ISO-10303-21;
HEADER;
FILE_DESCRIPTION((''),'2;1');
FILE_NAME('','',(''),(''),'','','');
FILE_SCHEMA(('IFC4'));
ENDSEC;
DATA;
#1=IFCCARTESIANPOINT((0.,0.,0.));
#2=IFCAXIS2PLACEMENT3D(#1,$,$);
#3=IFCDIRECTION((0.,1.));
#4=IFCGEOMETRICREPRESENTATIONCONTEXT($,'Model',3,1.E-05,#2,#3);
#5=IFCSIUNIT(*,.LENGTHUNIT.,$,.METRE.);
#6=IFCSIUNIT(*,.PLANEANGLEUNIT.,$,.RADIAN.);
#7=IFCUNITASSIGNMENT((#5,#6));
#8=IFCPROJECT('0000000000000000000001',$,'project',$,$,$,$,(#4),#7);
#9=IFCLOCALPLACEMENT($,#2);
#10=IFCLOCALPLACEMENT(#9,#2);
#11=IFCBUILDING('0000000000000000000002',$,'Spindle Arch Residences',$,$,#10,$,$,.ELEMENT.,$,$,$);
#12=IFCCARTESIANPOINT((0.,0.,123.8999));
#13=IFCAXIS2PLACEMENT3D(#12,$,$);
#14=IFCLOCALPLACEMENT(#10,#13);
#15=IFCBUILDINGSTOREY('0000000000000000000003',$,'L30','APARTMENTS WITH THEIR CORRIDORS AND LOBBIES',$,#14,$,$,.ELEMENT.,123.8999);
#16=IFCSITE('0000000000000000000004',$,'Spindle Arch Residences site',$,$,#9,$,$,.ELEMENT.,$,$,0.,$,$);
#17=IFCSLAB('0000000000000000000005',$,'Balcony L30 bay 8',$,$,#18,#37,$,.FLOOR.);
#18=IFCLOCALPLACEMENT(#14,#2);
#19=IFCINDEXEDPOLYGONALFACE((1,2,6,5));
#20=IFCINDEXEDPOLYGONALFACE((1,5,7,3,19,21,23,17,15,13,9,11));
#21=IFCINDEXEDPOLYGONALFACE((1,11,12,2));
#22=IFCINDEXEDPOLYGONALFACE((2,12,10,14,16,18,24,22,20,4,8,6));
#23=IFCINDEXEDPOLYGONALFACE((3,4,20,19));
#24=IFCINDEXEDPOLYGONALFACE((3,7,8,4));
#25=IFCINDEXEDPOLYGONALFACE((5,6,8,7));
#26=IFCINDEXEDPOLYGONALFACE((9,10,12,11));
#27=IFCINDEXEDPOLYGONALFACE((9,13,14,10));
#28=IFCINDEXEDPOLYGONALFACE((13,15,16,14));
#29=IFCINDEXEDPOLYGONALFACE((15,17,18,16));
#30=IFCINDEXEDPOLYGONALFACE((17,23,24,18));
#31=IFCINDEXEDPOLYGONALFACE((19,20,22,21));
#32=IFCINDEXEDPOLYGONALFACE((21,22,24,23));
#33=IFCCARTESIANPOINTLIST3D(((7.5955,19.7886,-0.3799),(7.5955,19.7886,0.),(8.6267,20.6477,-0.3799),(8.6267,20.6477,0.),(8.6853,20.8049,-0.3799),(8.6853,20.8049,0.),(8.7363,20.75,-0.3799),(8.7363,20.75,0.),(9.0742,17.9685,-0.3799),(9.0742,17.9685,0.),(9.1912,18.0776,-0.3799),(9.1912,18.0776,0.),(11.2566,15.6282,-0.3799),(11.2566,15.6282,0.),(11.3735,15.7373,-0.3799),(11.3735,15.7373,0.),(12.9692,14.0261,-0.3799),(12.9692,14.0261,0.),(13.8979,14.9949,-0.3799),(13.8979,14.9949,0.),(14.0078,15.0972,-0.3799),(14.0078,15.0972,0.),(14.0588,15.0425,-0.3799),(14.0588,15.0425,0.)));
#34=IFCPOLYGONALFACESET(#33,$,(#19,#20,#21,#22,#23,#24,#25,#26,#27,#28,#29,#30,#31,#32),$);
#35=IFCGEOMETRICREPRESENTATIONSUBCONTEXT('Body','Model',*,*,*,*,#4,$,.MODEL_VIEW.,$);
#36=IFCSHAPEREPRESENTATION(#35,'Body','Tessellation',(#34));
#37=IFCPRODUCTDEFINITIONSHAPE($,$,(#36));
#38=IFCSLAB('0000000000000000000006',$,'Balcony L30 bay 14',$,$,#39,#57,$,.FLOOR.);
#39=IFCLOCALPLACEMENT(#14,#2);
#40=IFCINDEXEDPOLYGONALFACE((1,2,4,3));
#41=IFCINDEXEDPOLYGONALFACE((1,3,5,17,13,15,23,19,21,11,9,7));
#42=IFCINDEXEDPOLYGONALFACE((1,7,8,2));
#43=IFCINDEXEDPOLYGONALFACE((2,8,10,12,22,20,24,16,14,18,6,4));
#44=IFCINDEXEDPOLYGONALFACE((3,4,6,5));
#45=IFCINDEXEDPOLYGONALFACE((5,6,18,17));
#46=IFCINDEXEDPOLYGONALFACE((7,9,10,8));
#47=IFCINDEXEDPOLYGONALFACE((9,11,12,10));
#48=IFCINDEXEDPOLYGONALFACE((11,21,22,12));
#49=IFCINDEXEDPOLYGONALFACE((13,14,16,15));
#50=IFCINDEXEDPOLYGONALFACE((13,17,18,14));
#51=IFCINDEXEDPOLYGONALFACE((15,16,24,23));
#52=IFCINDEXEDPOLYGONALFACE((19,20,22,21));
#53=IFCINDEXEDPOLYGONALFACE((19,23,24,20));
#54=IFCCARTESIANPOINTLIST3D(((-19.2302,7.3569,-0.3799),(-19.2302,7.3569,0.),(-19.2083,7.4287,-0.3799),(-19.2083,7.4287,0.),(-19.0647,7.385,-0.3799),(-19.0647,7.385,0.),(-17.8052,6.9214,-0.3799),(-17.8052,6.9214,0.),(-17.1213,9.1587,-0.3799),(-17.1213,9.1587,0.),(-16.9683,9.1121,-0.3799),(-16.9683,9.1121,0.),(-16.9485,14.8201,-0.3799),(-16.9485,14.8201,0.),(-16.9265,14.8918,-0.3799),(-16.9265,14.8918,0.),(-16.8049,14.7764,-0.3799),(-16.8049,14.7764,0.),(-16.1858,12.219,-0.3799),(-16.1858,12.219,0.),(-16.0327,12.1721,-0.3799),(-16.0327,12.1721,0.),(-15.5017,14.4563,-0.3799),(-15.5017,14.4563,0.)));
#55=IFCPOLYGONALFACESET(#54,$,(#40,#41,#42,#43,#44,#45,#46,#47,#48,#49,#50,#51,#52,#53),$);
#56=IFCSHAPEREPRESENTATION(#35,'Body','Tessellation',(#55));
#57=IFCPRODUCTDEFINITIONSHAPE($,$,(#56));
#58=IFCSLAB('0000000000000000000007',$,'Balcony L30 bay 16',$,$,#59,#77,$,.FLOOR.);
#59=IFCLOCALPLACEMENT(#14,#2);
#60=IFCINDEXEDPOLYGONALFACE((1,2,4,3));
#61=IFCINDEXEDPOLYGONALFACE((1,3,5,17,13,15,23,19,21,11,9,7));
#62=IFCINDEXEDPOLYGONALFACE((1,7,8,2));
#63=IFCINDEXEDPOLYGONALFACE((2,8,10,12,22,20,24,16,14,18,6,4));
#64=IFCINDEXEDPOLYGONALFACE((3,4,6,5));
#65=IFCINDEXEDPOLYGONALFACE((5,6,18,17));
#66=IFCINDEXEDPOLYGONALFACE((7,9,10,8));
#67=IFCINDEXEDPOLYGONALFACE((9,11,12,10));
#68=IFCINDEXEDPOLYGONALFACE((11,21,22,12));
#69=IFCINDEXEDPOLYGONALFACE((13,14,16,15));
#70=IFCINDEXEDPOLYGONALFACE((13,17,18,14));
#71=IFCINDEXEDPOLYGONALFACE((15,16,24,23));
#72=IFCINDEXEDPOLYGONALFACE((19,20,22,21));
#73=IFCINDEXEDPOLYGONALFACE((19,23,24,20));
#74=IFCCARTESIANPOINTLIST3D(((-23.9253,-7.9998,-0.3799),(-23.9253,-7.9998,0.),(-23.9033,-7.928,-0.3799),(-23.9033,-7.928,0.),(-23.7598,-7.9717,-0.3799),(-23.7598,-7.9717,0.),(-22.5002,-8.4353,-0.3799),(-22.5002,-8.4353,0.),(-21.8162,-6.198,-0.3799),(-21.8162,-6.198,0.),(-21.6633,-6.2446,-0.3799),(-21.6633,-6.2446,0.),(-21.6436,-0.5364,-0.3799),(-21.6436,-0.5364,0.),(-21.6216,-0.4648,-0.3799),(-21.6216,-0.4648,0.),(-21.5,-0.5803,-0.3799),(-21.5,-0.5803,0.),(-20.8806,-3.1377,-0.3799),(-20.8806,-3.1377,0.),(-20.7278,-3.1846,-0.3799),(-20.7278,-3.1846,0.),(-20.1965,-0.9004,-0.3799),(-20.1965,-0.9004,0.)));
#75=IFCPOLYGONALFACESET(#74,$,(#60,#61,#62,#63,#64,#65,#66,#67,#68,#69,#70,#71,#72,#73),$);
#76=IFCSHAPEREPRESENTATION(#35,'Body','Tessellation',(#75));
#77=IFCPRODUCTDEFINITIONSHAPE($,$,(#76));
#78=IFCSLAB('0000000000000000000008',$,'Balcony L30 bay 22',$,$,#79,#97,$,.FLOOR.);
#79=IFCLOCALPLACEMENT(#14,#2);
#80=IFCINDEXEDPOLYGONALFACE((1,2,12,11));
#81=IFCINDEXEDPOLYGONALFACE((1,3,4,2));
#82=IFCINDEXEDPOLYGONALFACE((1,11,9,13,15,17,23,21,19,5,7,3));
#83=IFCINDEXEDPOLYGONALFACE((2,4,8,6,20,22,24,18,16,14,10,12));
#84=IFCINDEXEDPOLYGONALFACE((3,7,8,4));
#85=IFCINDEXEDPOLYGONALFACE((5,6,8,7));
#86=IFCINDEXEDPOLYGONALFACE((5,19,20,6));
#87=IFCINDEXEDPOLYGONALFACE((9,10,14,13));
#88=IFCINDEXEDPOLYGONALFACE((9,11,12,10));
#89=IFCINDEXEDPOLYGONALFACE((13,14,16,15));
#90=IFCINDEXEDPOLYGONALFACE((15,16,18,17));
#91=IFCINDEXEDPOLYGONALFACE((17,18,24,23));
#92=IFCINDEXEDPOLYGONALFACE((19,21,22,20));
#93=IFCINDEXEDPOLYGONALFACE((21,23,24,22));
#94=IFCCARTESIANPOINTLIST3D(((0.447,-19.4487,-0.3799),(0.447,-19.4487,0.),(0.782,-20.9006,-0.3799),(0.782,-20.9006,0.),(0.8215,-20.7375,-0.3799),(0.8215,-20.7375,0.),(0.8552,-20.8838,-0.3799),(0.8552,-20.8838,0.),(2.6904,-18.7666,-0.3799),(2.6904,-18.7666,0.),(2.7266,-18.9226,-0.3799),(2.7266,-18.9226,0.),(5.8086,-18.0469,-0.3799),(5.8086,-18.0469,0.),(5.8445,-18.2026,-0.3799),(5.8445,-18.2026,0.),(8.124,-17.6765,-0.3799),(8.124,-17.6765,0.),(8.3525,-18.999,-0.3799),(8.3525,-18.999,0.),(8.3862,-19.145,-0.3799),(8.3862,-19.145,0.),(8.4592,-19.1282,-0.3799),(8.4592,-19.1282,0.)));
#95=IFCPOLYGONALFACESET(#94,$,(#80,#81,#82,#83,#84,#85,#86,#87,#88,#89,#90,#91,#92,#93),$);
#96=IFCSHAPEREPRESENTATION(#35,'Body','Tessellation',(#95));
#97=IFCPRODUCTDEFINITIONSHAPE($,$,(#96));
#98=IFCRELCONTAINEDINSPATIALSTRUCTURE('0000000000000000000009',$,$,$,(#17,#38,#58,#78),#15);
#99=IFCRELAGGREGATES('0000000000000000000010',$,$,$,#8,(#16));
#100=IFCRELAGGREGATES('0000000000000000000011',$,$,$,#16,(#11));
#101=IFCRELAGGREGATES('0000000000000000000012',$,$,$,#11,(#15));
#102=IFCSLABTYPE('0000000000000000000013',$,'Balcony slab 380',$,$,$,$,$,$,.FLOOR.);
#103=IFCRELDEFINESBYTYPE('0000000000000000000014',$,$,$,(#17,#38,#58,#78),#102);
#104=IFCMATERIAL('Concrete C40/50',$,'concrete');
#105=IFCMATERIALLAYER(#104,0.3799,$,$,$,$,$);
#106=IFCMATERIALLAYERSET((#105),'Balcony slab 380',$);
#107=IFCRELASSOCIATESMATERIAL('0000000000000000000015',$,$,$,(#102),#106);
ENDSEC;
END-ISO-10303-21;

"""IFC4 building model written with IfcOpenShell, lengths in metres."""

from ifc_helpers import new_model, si_unit, direction, frame, origin, place, context, subcontext, project, spatial, polyline, outline, extrude, material, layer, layer_set, type_object, element, save


model = new_model("IFC4")

# Units and contexts
model_context = context("Model", 3, precision=1e-05, world=origin(), true_north=direction((0.0, 1.0)))
body_context = subcontext(model_context, "Body", "Model", "MODEL_VIEW")
ifc_project = project(units=[si_unit("LENGTHUNIT", "METRE"), si_unit("PLANEANGLEUNIT", "RADIAN")], contexts=[model_context])

# Site, building, storey
site_placement = place(None, origin())
site = spatial("IfcSite", under=ifc_project, at=site_placement, Name="Spindle Arch Residences site", CompositionType="ELEMENT", RefElevation=0.0)
building_placement = place(site_placement, origin())
building = spatial("IfcBuilding", under=site, at=building_placement, Name="Spindle Arch Residences", CompositionType="ELEMENT")
storey_placement = place(building_placement, frame((0.0, 0.0, 123.8999)))
storey = spatial("IfcBuildingStorey", under=building, at=storey_placement, Name="L30", Description="APARTMENTS WITH THEIR CORRIDORS AND LOBBIES", CompositionType="ELEMENT", Elevation=123.8999)

# Slabs
ifc_material_1 = material(Name="Concrete C40/50", Category="concrete")
ifc_layer_1 = layer(ifc_material_1, 0.3799)
ifc_layer_set_1 = layer_set([ifc_layer_1], Name="Balcony slab 380")
slab_type_1 = type_object("IfcSlabType", Name="Balcony slab 380", PredefinedType="FLOOR", material=ifc_layer_set_1)
slab_1_placement = place(storey_placement, frame((0.0, 0.0, -0.3799)))
element("IfcSlab", 1, at=slab_1_placement, inside=storey, type_object=slab_type_1, Name="Balcony L30 bay 8", PredefinedType="FLOOR", context=body_context, shape_type="SweptSolid", body=[
    extrude(outline(polyline([(14.0588, 15.0425), (14.0078, 15.0972), (13.8979, 14.9949), (8.6267, 20.6477), (8.7363, 20.75), (8.6853, 20.8049), (7.5955, 19.7886), (9.1912, 18.0776), (9.0742, 17.9685), (11.2566, 15.6282), (11.3735, 15.7373), (12.9692, 14.0261), (14.0588, 15.0425)])), origin(), (0.0, 0.0, 1.0), 0.3799),
])
slab_2_placement = place(storey_placement, frame((0.0, 0.0, -0.3799)))
element("IfcSlab", 2, at=slab_2_placement, inside=storey, type_object=slab_type_1, Name="Balcony L30 bay 14", PredefinedType="FLOOR", context=body_context, shape_type="SweptSolid", body=[
    extrude(outline(polyline([(-16.9265, 14.8918), (-16.9485, 14.8201), (-16.8049, 14.7764), (-19.0647, 7.385), (-19.2083, 7.4287), (-19.2302, 7.3569), (-17.8052, 6.9214), (-17.1213, 9.1587), (-16.9683, 9.1121), (-16.0327, 12.1721), (-16.1858, 12.219), (-15.5017, 14.4563), (-16.9265, 14.8918)])), origin(), (0.0, 0.0, 1.0), 0.3799),
])
slab_3_placement = place(storey_placement, frame((0.0, 0.0, -0.3799)))
element("IfcSlab", 3, at=slab_3_placement, inside=storey, type_object=slab_type_1, Name="Balcony L30 bay 16", PredefinedType="FLOOR", context=body_context, shape_type="SweptSolid", body=[
    extrude(outline(polyline([(-21.6216, -0.4648), (-21.6436, -0.5364), (-21.5, -0.5803), (-23.7598, -7.9717), (-23.9033, -7.928), (-23.9253, -7.9998), (-22.5002, -8.4353), (-21.8162, -6.198), (-21.6633, -6.2446), (-20.7278, -3.1846), (-20.8806, -3.1377), (-20.1965, -0.9004), (-21.6216, -0.4648)])), origin(), (0.0, 0.0, 1.0), 0.3799),
])
slab_4_placement = place(storey_placement, frame((0.0, 0.0, -0.3799)))
element("IfcSlab", 4, at=slab_4_placement, inside=storey, type_object=slab_type_1, Name="Balcony L30 bay 22", PredefinedType="FLOOR", context=body_context, shape_type="SweptSolid", body=[
    extrude(outline(polyline([(0.782, -20.9006), (0.8552, -20.8838), (0.8215, -20.7375), (8.3525, -18.999), (8.3862, -19.145), (8.4592, -19.1282), (8.124, -17.6765), (5.8445, -18.2026), (5.8086, -18.0469), (2.6904, -18.7666), (2.7266, -18.9226), (0.447, -19.4487), (0.782, -20.9006)])), origin(), (0.0, 0.0, 1.0), 0.3799),
])

save(model, "model.ifc")
